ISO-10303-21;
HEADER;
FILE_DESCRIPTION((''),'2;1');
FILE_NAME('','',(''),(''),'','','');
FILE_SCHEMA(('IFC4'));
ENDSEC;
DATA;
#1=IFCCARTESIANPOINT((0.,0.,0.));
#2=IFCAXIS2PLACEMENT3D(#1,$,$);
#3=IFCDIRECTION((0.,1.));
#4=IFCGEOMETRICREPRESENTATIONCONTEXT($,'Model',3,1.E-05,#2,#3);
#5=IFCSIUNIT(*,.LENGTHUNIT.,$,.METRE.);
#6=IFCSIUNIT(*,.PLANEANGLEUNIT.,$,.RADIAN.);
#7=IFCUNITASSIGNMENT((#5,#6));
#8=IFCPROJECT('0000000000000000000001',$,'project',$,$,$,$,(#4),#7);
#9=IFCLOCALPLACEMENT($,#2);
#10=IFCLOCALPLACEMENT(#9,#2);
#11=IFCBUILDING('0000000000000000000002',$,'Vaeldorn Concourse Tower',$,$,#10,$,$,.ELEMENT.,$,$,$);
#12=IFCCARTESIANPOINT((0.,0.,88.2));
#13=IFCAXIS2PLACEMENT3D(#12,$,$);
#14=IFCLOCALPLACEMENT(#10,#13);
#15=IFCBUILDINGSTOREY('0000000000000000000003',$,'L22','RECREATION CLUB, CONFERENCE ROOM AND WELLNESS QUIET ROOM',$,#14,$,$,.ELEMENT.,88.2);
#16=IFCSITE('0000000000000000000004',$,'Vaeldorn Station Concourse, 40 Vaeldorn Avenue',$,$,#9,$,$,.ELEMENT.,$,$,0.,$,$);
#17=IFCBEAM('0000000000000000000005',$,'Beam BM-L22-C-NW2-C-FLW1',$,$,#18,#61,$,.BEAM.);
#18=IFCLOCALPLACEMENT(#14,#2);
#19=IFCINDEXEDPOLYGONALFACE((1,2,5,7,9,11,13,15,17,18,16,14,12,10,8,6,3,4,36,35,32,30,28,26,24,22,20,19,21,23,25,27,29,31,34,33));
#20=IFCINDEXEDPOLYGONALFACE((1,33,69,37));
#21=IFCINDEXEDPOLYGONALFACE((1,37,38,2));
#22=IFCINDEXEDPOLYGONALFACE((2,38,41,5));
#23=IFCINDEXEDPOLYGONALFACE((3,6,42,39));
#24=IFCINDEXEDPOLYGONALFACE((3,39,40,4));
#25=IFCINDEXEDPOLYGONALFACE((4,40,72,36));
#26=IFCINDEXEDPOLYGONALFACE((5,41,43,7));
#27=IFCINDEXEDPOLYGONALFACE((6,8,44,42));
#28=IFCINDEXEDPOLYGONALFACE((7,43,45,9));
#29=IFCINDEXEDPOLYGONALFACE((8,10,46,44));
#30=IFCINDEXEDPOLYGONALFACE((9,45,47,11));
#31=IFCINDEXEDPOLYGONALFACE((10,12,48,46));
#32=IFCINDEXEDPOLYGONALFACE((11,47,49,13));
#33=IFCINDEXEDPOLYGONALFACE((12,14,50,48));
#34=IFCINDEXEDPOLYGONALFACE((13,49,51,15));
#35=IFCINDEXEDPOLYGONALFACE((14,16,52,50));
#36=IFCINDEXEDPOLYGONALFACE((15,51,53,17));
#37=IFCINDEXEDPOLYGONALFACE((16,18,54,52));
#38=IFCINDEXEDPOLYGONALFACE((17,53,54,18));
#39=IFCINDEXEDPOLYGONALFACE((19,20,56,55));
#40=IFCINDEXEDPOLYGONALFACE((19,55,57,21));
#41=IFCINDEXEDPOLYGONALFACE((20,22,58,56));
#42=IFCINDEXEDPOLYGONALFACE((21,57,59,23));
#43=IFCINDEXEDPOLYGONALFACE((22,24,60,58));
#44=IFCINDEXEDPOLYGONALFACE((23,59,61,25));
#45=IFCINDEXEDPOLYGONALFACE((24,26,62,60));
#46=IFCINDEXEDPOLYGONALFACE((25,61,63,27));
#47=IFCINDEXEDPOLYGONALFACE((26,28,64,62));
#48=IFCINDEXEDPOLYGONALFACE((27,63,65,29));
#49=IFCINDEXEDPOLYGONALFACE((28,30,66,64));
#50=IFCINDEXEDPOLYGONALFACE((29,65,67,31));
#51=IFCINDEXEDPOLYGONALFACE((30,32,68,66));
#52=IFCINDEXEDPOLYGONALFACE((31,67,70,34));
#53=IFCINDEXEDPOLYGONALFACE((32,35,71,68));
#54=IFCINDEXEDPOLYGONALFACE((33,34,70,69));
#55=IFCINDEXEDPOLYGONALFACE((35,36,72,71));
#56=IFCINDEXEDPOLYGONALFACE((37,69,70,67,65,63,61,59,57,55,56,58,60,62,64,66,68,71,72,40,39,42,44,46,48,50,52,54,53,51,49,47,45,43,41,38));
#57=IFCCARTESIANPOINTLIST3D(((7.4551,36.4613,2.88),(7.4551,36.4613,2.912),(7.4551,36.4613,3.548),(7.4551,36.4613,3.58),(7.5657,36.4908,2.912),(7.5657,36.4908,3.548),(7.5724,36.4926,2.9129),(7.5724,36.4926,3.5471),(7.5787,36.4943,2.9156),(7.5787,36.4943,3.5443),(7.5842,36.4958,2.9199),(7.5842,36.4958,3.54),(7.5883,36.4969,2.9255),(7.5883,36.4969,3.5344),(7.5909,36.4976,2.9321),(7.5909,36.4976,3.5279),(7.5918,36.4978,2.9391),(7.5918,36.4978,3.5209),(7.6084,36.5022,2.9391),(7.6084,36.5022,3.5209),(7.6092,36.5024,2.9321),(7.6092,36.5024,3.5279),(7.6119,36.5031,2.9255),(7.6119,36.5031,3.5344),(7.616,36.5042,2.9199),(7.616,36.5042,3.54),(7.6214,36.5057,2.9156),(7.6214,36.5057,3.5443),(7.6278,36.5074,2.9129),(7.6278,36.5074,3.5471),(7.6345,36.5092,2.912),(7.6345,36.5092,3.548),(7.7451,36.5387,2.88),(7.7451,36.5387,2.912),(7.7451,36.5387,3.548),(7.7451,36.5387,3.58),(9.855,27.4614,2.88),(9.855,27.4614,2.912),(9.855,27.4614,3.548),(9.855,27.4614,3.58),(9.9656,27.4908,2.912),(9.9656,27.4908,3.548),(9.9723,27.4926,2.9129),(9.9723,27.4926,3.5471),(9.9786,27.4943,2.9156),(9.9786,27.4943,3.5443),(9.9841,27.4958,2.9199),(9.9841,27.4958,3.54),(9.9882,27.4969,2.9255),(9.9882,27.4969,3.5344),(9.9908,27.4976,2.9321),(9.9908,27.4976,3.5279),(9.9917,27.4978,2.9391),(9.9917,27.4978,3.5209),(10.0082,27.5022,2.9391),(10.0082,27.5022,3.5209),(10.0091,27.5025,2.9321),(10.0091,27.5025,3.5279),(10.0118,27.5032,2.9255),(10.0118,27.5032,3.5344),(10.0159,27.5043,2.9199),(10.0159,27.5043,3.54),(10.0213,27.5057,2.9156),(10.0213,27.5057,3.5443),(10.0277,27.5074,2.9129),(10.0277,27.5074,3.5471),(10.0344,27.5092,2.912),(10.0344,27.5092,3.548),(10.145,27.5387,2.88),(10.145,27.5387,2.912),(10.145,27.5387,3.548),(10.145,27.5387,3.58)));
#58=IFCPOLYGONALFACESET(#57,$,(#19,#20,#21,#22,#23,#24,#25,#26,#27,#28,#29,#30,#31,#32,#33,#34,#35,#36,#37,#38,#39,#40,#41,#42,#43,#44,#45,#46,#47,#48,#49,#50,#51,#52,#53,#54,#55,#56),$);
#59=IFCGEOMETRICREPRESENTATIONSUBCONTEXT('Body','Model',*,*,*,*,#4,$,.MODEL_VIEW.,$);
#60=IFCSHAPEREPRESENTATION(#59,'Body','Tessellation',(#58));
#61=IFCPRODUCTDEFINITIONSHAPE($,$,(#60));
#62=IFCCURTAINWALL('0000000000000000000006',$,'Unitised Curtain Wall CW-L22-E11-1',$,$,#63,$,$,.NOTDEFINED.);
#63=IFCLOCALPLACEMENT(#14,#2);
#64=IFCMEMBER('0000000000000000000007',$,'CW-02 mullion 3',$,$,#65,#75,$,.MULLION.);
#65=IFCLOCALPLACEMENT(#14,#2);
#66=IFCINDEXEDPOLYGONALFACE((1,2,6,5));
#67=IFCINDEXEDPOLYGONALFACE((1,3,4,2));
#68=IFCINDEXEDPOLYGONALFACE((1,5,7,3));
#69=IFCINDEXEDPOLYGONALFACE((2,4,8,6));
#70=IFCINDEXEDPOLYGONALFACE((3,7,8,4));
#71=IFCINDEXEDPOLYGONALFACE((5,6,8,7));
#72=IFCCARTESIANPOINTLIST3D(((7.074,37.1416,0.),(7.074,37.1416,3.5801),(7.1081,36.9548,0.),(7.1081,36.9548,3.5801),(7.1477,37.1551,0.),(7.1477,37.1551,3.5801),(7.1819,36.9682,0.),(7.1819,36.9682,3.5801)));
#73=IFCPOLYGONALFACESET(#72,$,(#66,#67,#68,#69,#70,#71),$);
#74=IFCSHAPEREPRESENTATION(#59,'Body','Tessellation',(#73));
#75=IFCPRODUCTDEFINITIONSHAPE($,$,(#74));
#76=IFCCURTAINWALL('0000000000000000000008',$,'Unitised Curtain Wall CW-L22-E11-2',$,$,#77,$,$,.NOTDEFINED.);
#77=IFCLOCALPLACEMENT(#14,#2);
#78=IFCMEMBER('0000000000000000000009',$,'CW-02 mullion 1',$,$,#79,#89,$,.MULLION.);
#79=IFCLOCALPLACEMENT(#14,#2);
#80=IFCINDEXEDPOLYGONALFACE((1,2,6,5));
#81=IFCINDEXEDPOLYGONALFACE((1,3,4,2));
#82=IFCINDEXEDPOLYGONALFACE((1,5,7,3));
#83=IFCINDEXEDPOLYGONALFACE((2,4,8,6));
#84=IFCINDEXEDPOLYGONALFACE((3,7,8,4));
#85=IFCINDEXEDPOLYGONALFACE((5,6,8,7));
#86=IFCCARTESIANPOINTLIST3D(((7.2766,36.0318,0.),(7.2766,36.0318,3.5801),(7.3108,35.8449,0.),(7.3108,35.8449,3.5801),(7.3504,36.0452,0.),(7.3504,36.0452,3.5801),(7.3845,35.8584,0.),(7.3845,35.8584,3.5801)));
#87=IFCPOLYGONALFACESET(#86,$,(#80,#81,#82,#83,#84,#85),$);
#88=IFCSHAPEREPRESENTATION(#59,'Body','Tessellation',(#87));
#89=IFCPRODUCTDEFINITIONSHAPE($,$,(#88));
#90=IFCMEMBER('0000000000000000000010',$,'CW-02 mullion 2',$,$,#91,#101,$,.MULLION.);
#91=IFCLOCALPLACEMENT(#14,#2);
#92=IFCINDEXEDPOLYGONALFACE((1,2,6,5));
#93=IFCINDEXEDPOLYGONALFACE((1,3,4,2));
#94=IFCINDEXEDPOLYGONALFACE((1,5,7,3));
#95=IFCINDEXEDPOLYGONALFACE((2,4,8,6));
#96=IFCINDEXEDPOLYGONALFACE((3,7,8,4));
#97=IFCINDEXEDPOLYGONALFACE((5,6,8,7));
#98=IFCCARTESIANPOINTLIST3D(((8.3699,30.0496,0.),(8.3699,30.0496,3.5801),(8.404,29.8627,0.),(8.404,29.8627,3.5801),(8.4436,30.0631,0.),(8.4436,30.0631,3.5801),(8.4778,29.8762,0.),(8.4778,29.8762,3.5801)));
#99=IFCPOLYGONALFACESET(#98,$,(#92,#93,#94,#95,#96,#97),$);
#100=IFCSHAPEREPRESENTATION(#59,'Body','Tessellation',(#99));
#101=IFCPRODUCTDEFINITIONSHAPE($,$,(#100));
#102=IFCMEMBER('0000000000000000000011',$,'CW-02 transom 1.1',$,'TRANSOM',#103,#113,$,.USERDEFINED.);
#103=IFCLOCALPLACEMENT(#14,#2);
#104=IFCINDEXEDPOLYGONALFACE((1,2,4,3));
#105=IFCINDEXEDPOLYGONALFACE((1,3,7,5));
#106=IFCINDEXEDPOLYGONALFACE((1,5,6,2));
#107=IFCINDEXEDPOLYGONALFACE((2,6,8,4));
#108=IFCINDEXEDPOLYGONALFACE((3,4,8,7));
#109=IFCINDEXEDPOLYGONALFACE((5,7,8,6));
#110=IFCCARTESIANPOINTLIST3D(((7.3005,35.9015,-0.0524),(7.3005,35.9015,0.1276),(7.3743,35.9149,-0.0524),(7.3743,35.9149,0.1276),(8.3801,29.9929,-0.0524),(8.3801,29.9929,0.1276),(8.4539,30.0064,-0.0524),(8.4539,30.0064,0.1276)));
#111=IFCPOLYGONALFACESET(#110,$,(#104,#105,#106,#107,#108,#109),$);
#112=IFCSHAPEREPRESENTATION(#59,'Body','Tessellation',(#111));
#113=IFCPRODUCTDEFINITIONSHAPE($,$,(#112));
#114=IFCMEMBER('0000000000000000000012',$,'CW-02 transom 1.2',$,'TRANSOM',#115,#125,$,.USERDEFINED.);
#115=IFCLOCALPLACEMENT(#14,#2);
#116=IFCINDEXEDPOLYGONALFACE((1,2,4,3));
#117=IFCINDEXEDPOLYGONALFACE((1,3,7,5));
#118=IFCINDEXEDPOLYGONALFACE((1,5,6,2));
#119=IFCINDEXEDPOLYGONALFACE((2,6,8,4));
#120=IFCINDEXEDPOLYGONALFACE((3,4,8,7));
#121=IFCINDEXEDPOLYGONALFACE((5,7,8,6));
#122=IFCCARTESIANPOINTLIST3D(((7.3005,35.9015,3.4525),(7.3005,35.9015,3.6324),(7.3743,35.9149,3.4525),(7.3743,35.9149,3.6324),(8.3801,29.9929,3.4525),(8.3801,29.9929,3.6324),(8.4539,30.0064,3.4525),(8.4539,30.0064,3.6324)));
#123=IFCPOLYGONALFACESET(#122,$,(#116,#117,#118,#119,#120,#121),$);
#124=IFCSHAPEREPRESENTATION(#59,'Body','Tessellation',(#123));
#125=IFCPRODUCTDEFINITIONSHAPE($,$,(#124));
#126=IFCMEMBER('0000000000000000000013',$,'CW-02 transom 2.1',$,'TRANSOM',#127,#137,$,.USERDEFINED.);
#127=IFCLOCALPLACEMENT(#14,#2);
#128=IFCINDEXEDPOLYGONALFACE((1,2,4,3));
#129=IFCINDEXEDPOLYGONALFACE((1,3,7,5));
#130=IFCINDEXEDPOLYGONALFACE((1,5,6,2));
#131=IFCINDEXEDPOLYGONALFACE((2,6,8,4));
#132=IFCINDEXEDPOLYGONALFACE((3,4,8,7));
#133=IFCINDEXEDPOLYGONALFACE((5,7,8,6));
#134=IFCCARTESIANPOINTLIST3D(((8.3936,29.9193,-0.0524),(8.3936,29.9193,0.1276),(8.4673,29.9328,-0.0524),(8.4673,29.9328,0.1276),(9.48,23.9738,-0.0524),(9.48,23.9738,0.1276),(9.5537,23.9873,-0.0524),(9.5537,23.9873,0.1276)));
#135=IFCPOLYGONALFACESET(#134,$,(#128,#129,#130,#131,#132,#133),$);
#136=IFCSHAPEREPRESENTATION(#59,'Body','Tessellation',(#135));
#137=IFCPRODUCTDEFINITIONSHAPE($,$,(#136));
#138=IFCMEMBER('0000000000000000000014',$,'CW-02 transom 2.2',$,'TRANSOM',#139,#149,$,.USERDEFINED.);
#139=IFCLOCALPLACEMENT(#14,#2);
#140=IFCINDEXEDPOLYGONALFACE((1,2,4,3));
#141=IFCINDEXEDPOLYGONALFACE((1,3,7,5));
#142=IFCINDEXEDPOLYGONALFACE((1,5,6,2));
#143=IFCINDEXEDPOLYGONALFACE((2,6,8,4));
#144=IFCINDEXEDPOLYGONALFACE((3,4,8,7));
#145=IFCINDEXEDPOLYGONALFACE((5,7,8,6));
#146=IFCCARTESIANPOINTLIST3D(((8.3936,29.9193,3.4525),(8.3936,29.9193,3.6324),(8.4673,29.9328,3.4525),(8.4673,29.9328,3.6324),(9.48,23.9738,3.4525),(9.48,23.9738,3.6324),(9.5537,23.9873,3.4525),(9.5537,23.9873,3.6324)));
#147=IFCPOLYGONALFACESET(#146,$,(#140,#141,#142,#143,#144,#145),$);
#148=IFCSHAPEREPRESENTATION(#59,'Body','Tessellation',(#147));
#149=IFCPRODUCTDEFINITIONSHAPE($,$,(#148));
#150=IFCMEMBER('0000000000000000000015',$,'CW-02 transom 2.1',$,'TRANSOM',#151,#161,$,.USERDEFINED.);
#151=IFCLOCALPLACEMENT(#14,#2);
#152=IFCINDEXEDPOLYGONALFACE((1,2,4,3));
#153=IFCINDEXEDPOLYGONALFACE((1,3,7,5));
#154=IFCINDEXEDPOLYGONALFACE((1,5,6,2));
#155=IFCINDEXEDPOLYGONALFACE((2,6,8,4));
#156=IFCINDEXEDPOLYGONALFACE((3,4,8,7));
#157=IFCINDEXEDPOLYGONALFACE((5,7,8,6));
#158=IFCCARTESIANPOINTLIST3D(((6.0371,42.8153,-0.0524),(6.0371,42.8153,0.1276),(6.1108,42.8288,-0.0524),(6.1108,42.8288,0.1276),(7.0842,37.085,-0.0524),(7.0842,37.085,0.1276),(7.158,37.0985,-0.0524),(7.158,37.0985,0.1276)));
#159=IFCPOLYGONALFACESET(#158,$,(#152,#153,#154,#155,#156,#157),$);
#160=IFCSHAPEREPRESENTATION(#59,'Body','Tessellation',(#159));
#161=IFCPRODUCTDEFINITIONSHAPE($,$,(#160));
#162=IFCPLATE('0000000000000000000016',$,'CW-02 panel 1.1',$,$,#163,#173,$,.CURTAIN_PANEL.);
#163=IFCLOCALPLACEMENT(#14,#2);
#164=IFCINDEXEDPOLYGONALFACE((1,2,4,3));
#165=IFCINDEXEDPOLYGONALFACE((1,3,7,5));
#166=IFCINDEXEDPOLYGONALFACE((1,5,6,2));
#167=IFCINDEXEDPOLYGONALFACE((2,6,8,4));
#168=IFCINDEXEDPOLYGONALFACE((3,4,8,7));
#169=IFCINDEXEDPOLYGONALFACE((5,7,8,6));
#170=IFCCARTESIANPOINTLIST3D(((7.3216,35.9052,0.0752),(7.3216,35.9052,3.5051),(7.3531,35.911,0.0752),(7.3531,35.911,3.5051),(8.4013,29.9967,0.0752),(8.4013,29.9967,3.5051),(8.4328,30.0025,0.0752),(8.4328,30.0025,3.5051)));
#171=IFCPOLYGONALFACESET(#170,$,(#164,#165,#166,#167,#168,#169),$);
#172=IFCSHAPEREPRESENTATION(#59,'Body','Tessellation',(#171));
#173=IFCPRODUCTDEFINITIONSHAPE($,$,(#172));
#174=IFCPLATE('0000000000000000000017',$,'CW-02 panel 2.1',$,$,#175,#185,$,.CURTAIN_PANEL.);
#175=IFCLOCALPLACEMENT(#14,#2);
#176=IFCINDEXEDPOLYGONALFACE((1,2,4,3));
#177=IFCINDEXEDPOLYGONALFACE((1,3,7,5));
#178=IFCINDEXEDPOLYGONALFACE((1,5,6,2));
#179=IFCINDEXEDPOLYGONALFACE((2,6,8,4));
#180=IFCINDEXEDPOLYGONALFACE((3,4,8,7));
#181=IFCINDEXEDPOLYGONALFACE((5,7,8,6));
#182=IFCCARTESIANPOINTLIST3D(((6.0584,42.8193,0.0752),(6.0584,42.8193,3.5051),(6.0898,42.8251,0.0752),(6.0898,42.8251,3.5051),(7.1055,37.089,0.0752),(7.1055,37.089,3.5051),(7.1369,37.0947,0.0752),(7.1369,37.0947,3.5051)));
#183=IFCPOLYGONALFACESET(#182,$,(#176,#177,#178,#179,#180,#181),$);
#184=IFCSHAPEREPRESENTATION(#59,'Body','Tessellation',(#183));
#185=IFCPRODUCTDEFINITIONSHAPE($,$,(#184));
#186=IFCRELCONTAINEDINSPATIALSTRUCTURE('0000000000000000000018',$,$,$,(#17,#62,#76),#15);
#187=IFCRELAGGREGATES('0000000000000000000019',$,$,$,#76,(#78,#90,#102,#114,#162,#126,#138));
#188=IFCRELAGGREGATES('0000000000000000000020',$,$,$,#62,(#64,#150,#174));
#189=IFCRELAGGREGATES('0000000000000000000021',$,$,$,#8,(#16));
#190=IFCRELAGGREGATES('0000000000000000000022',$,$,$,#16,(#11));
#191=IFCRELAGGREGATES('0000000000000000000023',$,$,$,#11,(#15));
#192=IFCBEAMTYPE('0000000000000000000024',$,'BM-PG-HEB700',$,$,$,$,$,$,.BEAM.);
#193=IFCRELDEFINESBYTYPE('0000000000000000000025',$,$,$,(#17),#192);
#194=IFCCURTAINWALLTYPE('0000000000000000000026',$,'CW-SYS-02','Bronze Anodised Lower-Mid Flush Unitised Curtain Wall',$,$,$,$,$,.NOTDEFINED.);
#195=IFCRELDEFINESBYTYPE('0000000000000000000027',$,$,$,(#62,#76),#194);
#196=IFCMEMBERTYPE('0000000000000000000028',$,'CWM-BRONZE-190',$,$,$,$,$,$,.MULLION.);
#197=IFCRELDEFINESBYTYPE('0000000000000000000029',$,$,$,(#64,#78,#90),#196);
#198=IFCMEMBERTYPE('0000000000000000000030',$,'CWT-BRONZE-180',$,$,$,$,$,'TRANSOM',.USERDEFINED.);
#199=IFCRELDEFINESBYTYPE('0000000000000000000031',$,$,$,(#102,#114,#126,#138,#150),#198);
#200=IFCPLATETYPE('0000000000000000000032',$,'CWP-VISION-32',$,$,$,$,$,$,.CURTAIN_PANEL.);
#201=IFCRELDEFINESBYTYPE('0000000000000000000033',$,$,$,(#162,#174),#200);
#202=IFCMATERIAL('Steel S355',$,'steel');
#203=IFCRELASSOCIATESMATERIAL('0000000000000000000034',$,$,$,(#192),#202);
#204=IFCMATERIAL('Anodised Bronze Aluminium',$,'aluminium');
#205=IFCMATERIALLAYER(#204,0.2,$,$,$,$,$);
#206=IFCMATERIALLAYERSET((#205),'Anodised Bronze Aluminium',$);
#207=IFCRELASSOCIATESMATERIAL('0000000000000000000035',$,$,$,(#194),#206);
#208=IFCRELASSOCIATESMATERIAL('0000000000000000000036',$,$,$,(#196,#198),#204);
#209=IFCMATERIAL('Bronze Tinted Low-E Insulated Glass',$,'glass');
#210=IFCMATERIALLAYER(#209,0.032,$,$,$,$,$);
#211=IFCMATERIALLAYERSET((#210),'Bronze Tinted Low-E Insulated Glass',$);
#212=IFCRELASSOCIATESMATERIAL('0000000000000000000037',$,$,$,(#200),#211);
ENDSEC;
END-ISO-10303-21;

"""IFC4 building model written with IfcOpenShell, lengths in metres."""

from ifc_helpers import new_model, si_unit, direction, frame, origin, origin_2d, place, context, subcontext, project, spatial, rectangle, i_section, extrude, source, transform, mapped, material, layer, layer_set, material_profile, profile_set, type_object, element, aggregate, save


model = new_model("IFC4")

# Units and contexts
model_context = context("Model", 3, precision=1e-05, world=origin(), true_north=direction((0.0, 1.0)))
body_context = subcontext(model_context, "Body", "Model", "MODEL_VIEW")
ifc_project = project(units=[si_unit("LENGTHUNIT", "METRE"), si_unit("PLANEANGLEUNIT", "RADIAN")], contexts=[model_context])

# Site, building, storey
site_placement = place(None, origin())
site = spatial("IfcSite", under=ifc_project, at=site_placement, Name="Vaeldorn Station Concourse, 40 Vaeldorn Avenue", CompositionType="ELEMENT", RefElevation=0.0)
building_placement = place(site_placement, origin())
building = spatial("IfcBuilding", under=site, at=building_placement, Name="Vaeldorn Concourse Tower", CompositionType="ELEMENT")
storey_placement = place(building_placement, frame((0.0, 0.0, 88.2)))
storey = spatial("IfcBuildingStorey", under=building, at=storey_placement, Name="L22", Description="RECREATION CLUB, CONFERENCE ROOM AND WELLNESS QUIET ROOM", CompositionType="ELEMENT", Elevation=88.2)

# Beam
ifc_material_1 = material(Name="Steel S355", Category="steel")
ifc_material_profile_1 = material_profile(ifc_material_1, i_section(OverallWidth=0.3, OverallDepth=0.7, WebThickness=0.0171, FlangeThickness=0.032, FilletRadius=0.0271, at=origin_2d()), Name="HEB 700")
ifc_profile_set_1 = profile_set([ifc_material_profile_1], Name="Steel S355")
beam_type_1 = type_object("IfcBeamType", Name="BM-PG-HEB700", PredefinedType="BEAM", material=ifc_profile_set_1)
shared_shape_1 = source(origin(), body_context, "Body", "SweptSolid", [
    extrude(i_section(OverallWidth=0.3, OverallDepth=0.7, WebThickness=0.0171, FlangeThickness=0.032, FilletRadius=0.0271, at=origin_2d()), origin(), (0.0, 0.0, 1.0), 9.3145),
])
beam_1_placement = place(storey_placement, frame((7.6001, 36.5, 3.23), z_axis=(0.257653, -0.966238, 0.0), x_axis=(0.966238, 0.257653, 0.0)))
element("IfcBeam", 1, at=beam_1_placement, inside=storey, type_object=beam_type_1, Name="Beam BM-L22-C-NW2-C-FLW1", PredefinedType="BEAM", context=body_context, shape_type="MappedRepresentation", body=[
    mapped(shared_shape_1, transform((0.0, 0.0, 0.0), scale=1.0)),
])

# Curtain wall, member
ifc_material_2 = material(Name="Anodised Bronze Aluminium", Category="aluminium")
ifc_layer_1 = layer(ifc_material_2, 0.2)
ifc_layer_set_1 = layer_set([ifc_layer_1], Name="Anodised Bronze Aluminium")
curtain_wall_type = type_object("IfcCurtainWallType", Name="CW-SYS-02", Description="Bronze Anodised Lower-Mid Flush Unitised Curtain Wall", PredefinedType="NOTDEFINED", material=ifc_layer_set_1)
curtain_wall_1_placement = place(storey_placement, origin())
curtain_wall_1 = element("IfcCurtainWall", 2, at=curtain_wall_1_placement, inside=storey, type_object=curtain_wall_type, Name="Unitised Curtain Wall CW-L22-E11-1", PredefinedType="NOTDEFINED")
ifc_material_profile_2 = material_profile(ifc_material_2, rectangle(XDim=0.075, YDim=0.1899, at=origin_2d()), Name="CWM 75x190")
ifc_profile_set_2 = profile_set([ifc_material_profile_2], Name="Anodised Bronze Aluminium")
member_type_1 = type_object("IfcMemberType", Name="CWM-BRONZE-190", PredefinedType="MULLION", material=ifc_profile_set_2)
shared_shape_2 = source(origin(), body_context, "Body", "SweptSolid", [
    extrude(rectangle(XDim=0.075, YDim=0.1899, at=origin_2d()), origin(), (0.0, 0.0, 1.0), 3.5801),
])
member_1_placement = place(storey_placement, frame((7.1279, 37.0549, 0.0), z_axis=(0.0, 0.0, 1.0), x_axis=(0.983712, 0.179749, 0.0)))
member_1 = element("IfcMember", 3, at=member_1_placement, type_object=member_type_1, Name="CW-02 mullion 3", PredefinedType="MULLION", context=body_context, shape_type="MappedRepresentation", body=[
    mapped(shared_shape_2, transform((0.0, 0.0, 0.0), scale=1.0)),
])

# Curtain wall, members
curtain_wall_2_placement = place(storey_placement, origin())
curtain_wall_2 = element("IfcCurtainWall", 4, at=curtain_wall_2_placement, inside=storey, type_object=curtain_wall_type, Name="Unitised Curtain Wall CW-L22-E11-2", PredefinedType="NOTDEFINED")
member_2_placement = place(storey_placement, frame((7.3306, 35.9451, 0.0), z_axis=(0.0, 0.0, 1.0), x_axis=(0.983712, 0.179753, 0.0)))
member_2 = element("IfcMember", 5, at=member_2_placement, type_object=member_type_1, Name="CW-02 mullion 1", PredefinedType="MULLION", context=body_context, shape_type="MappedRepresentation", body=[
    mapped(shared_shape_2, transform((0.0, 0.0, 0.0), scale=1.0)),
])
member_3_placement = place(storey_placement, frame((8.4238, 29.9629, 0.0), z_axis=(0.0, 0.0, 1.0), x_axis=(0.983712, 0.179753, 0.0)))
member_3 = element("IfcMember", 6, at=member_3_placement, type_object=member_type_1, Name="CW-02 mullion 2", PredefinedType="MULLION", context=body_context, shape_type="MappedRepresentation", body=[
    mapped(shared_shape_2, transform((0.0, 0.0, 0.0), scale=1.0)),
])
ifc_material_profile_3 = material_profile(ifc_material_2, rectangle(XDim=0.075, YDim=0.1799, at=origin_2d()), Name="CWT 75x180")
ifc_profile_set_3 = profile_set([ifc_material_profile_3], Name="Anodised Bronze Aluminium")
member_type_2 = type_object("IfcMemberType", Name="CWT-BRONZE-180", ElementType="TRANSOM", PredefinedType="USERDEFINED", material=ifc_profile_set_3)
shared_shape_3 = source(origin(), body_context, "Body", "SweptSolid", [
    extrude(rectangle(XDim=0.075, YDim=0.1799, at=origin_2d()), origin(), (0.0, 0.0, 1.0), 6.0063),
])
member_4_placement = place(storey_placement, frame((7.3374, 35.9082, 0.0376), z_axis=(0.179744, -0.983713, 0.0), x_axis=(0.983713, 0.179744, 0.0)))
member_4 = element("IfcMember", 7, at=member_4_placement, type_object=member_type_2, Name="CW-02 transom 1.1", ObjectType="TRANSOM", PredefinedType="USERDEFINED", context=body_context, shape_type="MappedRepresentation", body=[
    mapped(shared_shape_3, transform((0.0, 0.0, 0.0), scale=1.0)),
])
member_5_placement = place(storey_placement, frame((7.3374, 35.9082, 3.5425), z_axis=(0.179744, -0.983713, 0.0), x_axis=(0.983713, 0.179744, 0.0)))
member_5 = element("IfcMember", 8, at=member_5_placement, type_object=member_type_2, Name="CW-02 transom 1.2", ObjectType="TRANSOM", PredefinedType="USERDEFINED", context=body_context, shape_type="MappedRepresentation", body=[
    mapped(shared_shape_3, transform((0.0, 0.0, 0.0), scale=1.0)),
])
shared_shape_4 = source(origin(), body_context, "Body", "SweptSolid", [
    extrude(rectangle(XDim=0.075, YDim=0.1799, at=origin_2d()), origin(), (0.0, 0.0, 1.0), 6.0439),
])
member_6_placement = place(storey_placement, frame((8.4304, 29.926, 0.0376), z_axis=(0.179753, -0.983712, 0.0), x_axis=(0.983712, 0.179753, 0.0)))
member_6 = element("IfcMember", 9, at=member_6_placement, type_object=member_type_2, Name="CW-02 transom 2.1", ObjectType="TRANSOM", PredefinedType="USERDEFINED", context=body_context, shape_type="MappedRepresentation", body=[
    mapped(shared_shape_4, transform((0.0, 0.0, 0.0), scale=1.0)),
])
member_7_placement = place(storey_placement, frame((8.4304, 29.926, 3.5425), z_axis=(0.179753, -0.983712, 0.0), x_axis=(0.983712, 0.179753, 0.0)))
member_7 = element("IfcMember", 10, at=member_7_placement, type_object=member_type_2, Name="CW-02 transom 2.2", ObjectType="TRANSOM", PredefinedType="USERDEFINED", context=body_context, shape_type="MappedRepresentation", body=[
    mapped(shared_shape_4, transform((0.0, 0.0, 0.0), scale=1.0)),
])

# Member
shared_shape_5 = source(origin(), body_context, "Body", "SweptSolid", [
    extrude(rectangle(XDim=0.075, YDim=0.1799, at=origin_2d()), origin(), (0.0, 0.0, 1.0), 5.8252),
])
member_8_placement = place(storey_placement, frame((6.074, 42.822, 0.0376), z_axis=(0.179759, -0.983711, 0.0), x_axis=(0.983711, 0.179759, 0.0)))
member_8 = element("IfcMember", 11, at=member_8_placement, type_object=member_type_2, Name="CW-02 transom 2.1", ObjectType="TRANSOM", PredefinedType="USERDEFINED", context=body_context, shape_type="MappedRepresentation", body=[
    mapped(shared_shape_5, transform((0.0, 0.0, 0.0), scale=1.0)),
])

# Plates
ifc_material_3 = material(Name="Bronze Tinted Low-E Insulated Glass", Category="glass")
ifc_layer_2 = layer(ifc_material_3, 0.032)
ifc_layer_set_2 = layer_set([ifc_layer_2], Name="Bronze Tinted Low-E Insulated Glass")
plate_type = type_object("IfcPlateType", Name="CWP-VISION-32", PredefinedType="CURTAIN_PANEL", material=ifc_layer_set_2)
shared_shape_6 = source(origin(), body_context, "Body", "SweptSolid", [
    extrude(rectangle(XDim=6.0063, YDim=0.032, at=origin_2d()), origin(), (0.0, 0.0, 1.0), 3.4299),
])
plate_1_placement = place(storey_placement, frame((7.8772, 32.9539, 0.0752), z_axis=(0.0, 0.0, 1.0), x_axis=(0.179753, -0.983712, 0.0)))
plate_1 = element("IfcPlate", 12, at=plate_1_placement, type_object=plate_type, Name="CW-02 panel 1.1", PredefinedType="CURTAIN_PANEL", context=body_context, shape_type="MappedRepresentation", body=[
    mapped(shared_shape_6, transform((0.0, 0.0, 0.0), scale=1.0)),
])
aggregate(curtain_wall_2, [member_2, member_3, member_4, member_5, plate_1, member_6, member_7])
shared_shape_7 = source(origin(), body_context, "Body", "SweptSolid", [
    extrude(rectangle(XDim=5.8252, YDim=0.032, at=origin_2d()), origin(), (0.0, 0.0, 1.0), 3.4299),
])
plate_2_placement = place(storey_placement, frame((6.5977, 39.957, 0.0752), z_axis=(0.0, 0.0, 1.0), x_axis=(0.179749, -0.983712, 0.0)))
plate_2 = element("IfcPlate", 13, at=plate_2_placement, type_object=plate_type, Name="CW-02 panel 2.1", PredefinedType="CURTAIN_PANEL", context=body_context, shape_type="MappedRepresentation", body=[
    mapped(shared_shape_7, transform((0.0, 0.0, 0.0), scale=1.0)),
])
aggregate(curtain_wall_1, [member_1, member_8, plate_2])

save(model, "model.ifc")
